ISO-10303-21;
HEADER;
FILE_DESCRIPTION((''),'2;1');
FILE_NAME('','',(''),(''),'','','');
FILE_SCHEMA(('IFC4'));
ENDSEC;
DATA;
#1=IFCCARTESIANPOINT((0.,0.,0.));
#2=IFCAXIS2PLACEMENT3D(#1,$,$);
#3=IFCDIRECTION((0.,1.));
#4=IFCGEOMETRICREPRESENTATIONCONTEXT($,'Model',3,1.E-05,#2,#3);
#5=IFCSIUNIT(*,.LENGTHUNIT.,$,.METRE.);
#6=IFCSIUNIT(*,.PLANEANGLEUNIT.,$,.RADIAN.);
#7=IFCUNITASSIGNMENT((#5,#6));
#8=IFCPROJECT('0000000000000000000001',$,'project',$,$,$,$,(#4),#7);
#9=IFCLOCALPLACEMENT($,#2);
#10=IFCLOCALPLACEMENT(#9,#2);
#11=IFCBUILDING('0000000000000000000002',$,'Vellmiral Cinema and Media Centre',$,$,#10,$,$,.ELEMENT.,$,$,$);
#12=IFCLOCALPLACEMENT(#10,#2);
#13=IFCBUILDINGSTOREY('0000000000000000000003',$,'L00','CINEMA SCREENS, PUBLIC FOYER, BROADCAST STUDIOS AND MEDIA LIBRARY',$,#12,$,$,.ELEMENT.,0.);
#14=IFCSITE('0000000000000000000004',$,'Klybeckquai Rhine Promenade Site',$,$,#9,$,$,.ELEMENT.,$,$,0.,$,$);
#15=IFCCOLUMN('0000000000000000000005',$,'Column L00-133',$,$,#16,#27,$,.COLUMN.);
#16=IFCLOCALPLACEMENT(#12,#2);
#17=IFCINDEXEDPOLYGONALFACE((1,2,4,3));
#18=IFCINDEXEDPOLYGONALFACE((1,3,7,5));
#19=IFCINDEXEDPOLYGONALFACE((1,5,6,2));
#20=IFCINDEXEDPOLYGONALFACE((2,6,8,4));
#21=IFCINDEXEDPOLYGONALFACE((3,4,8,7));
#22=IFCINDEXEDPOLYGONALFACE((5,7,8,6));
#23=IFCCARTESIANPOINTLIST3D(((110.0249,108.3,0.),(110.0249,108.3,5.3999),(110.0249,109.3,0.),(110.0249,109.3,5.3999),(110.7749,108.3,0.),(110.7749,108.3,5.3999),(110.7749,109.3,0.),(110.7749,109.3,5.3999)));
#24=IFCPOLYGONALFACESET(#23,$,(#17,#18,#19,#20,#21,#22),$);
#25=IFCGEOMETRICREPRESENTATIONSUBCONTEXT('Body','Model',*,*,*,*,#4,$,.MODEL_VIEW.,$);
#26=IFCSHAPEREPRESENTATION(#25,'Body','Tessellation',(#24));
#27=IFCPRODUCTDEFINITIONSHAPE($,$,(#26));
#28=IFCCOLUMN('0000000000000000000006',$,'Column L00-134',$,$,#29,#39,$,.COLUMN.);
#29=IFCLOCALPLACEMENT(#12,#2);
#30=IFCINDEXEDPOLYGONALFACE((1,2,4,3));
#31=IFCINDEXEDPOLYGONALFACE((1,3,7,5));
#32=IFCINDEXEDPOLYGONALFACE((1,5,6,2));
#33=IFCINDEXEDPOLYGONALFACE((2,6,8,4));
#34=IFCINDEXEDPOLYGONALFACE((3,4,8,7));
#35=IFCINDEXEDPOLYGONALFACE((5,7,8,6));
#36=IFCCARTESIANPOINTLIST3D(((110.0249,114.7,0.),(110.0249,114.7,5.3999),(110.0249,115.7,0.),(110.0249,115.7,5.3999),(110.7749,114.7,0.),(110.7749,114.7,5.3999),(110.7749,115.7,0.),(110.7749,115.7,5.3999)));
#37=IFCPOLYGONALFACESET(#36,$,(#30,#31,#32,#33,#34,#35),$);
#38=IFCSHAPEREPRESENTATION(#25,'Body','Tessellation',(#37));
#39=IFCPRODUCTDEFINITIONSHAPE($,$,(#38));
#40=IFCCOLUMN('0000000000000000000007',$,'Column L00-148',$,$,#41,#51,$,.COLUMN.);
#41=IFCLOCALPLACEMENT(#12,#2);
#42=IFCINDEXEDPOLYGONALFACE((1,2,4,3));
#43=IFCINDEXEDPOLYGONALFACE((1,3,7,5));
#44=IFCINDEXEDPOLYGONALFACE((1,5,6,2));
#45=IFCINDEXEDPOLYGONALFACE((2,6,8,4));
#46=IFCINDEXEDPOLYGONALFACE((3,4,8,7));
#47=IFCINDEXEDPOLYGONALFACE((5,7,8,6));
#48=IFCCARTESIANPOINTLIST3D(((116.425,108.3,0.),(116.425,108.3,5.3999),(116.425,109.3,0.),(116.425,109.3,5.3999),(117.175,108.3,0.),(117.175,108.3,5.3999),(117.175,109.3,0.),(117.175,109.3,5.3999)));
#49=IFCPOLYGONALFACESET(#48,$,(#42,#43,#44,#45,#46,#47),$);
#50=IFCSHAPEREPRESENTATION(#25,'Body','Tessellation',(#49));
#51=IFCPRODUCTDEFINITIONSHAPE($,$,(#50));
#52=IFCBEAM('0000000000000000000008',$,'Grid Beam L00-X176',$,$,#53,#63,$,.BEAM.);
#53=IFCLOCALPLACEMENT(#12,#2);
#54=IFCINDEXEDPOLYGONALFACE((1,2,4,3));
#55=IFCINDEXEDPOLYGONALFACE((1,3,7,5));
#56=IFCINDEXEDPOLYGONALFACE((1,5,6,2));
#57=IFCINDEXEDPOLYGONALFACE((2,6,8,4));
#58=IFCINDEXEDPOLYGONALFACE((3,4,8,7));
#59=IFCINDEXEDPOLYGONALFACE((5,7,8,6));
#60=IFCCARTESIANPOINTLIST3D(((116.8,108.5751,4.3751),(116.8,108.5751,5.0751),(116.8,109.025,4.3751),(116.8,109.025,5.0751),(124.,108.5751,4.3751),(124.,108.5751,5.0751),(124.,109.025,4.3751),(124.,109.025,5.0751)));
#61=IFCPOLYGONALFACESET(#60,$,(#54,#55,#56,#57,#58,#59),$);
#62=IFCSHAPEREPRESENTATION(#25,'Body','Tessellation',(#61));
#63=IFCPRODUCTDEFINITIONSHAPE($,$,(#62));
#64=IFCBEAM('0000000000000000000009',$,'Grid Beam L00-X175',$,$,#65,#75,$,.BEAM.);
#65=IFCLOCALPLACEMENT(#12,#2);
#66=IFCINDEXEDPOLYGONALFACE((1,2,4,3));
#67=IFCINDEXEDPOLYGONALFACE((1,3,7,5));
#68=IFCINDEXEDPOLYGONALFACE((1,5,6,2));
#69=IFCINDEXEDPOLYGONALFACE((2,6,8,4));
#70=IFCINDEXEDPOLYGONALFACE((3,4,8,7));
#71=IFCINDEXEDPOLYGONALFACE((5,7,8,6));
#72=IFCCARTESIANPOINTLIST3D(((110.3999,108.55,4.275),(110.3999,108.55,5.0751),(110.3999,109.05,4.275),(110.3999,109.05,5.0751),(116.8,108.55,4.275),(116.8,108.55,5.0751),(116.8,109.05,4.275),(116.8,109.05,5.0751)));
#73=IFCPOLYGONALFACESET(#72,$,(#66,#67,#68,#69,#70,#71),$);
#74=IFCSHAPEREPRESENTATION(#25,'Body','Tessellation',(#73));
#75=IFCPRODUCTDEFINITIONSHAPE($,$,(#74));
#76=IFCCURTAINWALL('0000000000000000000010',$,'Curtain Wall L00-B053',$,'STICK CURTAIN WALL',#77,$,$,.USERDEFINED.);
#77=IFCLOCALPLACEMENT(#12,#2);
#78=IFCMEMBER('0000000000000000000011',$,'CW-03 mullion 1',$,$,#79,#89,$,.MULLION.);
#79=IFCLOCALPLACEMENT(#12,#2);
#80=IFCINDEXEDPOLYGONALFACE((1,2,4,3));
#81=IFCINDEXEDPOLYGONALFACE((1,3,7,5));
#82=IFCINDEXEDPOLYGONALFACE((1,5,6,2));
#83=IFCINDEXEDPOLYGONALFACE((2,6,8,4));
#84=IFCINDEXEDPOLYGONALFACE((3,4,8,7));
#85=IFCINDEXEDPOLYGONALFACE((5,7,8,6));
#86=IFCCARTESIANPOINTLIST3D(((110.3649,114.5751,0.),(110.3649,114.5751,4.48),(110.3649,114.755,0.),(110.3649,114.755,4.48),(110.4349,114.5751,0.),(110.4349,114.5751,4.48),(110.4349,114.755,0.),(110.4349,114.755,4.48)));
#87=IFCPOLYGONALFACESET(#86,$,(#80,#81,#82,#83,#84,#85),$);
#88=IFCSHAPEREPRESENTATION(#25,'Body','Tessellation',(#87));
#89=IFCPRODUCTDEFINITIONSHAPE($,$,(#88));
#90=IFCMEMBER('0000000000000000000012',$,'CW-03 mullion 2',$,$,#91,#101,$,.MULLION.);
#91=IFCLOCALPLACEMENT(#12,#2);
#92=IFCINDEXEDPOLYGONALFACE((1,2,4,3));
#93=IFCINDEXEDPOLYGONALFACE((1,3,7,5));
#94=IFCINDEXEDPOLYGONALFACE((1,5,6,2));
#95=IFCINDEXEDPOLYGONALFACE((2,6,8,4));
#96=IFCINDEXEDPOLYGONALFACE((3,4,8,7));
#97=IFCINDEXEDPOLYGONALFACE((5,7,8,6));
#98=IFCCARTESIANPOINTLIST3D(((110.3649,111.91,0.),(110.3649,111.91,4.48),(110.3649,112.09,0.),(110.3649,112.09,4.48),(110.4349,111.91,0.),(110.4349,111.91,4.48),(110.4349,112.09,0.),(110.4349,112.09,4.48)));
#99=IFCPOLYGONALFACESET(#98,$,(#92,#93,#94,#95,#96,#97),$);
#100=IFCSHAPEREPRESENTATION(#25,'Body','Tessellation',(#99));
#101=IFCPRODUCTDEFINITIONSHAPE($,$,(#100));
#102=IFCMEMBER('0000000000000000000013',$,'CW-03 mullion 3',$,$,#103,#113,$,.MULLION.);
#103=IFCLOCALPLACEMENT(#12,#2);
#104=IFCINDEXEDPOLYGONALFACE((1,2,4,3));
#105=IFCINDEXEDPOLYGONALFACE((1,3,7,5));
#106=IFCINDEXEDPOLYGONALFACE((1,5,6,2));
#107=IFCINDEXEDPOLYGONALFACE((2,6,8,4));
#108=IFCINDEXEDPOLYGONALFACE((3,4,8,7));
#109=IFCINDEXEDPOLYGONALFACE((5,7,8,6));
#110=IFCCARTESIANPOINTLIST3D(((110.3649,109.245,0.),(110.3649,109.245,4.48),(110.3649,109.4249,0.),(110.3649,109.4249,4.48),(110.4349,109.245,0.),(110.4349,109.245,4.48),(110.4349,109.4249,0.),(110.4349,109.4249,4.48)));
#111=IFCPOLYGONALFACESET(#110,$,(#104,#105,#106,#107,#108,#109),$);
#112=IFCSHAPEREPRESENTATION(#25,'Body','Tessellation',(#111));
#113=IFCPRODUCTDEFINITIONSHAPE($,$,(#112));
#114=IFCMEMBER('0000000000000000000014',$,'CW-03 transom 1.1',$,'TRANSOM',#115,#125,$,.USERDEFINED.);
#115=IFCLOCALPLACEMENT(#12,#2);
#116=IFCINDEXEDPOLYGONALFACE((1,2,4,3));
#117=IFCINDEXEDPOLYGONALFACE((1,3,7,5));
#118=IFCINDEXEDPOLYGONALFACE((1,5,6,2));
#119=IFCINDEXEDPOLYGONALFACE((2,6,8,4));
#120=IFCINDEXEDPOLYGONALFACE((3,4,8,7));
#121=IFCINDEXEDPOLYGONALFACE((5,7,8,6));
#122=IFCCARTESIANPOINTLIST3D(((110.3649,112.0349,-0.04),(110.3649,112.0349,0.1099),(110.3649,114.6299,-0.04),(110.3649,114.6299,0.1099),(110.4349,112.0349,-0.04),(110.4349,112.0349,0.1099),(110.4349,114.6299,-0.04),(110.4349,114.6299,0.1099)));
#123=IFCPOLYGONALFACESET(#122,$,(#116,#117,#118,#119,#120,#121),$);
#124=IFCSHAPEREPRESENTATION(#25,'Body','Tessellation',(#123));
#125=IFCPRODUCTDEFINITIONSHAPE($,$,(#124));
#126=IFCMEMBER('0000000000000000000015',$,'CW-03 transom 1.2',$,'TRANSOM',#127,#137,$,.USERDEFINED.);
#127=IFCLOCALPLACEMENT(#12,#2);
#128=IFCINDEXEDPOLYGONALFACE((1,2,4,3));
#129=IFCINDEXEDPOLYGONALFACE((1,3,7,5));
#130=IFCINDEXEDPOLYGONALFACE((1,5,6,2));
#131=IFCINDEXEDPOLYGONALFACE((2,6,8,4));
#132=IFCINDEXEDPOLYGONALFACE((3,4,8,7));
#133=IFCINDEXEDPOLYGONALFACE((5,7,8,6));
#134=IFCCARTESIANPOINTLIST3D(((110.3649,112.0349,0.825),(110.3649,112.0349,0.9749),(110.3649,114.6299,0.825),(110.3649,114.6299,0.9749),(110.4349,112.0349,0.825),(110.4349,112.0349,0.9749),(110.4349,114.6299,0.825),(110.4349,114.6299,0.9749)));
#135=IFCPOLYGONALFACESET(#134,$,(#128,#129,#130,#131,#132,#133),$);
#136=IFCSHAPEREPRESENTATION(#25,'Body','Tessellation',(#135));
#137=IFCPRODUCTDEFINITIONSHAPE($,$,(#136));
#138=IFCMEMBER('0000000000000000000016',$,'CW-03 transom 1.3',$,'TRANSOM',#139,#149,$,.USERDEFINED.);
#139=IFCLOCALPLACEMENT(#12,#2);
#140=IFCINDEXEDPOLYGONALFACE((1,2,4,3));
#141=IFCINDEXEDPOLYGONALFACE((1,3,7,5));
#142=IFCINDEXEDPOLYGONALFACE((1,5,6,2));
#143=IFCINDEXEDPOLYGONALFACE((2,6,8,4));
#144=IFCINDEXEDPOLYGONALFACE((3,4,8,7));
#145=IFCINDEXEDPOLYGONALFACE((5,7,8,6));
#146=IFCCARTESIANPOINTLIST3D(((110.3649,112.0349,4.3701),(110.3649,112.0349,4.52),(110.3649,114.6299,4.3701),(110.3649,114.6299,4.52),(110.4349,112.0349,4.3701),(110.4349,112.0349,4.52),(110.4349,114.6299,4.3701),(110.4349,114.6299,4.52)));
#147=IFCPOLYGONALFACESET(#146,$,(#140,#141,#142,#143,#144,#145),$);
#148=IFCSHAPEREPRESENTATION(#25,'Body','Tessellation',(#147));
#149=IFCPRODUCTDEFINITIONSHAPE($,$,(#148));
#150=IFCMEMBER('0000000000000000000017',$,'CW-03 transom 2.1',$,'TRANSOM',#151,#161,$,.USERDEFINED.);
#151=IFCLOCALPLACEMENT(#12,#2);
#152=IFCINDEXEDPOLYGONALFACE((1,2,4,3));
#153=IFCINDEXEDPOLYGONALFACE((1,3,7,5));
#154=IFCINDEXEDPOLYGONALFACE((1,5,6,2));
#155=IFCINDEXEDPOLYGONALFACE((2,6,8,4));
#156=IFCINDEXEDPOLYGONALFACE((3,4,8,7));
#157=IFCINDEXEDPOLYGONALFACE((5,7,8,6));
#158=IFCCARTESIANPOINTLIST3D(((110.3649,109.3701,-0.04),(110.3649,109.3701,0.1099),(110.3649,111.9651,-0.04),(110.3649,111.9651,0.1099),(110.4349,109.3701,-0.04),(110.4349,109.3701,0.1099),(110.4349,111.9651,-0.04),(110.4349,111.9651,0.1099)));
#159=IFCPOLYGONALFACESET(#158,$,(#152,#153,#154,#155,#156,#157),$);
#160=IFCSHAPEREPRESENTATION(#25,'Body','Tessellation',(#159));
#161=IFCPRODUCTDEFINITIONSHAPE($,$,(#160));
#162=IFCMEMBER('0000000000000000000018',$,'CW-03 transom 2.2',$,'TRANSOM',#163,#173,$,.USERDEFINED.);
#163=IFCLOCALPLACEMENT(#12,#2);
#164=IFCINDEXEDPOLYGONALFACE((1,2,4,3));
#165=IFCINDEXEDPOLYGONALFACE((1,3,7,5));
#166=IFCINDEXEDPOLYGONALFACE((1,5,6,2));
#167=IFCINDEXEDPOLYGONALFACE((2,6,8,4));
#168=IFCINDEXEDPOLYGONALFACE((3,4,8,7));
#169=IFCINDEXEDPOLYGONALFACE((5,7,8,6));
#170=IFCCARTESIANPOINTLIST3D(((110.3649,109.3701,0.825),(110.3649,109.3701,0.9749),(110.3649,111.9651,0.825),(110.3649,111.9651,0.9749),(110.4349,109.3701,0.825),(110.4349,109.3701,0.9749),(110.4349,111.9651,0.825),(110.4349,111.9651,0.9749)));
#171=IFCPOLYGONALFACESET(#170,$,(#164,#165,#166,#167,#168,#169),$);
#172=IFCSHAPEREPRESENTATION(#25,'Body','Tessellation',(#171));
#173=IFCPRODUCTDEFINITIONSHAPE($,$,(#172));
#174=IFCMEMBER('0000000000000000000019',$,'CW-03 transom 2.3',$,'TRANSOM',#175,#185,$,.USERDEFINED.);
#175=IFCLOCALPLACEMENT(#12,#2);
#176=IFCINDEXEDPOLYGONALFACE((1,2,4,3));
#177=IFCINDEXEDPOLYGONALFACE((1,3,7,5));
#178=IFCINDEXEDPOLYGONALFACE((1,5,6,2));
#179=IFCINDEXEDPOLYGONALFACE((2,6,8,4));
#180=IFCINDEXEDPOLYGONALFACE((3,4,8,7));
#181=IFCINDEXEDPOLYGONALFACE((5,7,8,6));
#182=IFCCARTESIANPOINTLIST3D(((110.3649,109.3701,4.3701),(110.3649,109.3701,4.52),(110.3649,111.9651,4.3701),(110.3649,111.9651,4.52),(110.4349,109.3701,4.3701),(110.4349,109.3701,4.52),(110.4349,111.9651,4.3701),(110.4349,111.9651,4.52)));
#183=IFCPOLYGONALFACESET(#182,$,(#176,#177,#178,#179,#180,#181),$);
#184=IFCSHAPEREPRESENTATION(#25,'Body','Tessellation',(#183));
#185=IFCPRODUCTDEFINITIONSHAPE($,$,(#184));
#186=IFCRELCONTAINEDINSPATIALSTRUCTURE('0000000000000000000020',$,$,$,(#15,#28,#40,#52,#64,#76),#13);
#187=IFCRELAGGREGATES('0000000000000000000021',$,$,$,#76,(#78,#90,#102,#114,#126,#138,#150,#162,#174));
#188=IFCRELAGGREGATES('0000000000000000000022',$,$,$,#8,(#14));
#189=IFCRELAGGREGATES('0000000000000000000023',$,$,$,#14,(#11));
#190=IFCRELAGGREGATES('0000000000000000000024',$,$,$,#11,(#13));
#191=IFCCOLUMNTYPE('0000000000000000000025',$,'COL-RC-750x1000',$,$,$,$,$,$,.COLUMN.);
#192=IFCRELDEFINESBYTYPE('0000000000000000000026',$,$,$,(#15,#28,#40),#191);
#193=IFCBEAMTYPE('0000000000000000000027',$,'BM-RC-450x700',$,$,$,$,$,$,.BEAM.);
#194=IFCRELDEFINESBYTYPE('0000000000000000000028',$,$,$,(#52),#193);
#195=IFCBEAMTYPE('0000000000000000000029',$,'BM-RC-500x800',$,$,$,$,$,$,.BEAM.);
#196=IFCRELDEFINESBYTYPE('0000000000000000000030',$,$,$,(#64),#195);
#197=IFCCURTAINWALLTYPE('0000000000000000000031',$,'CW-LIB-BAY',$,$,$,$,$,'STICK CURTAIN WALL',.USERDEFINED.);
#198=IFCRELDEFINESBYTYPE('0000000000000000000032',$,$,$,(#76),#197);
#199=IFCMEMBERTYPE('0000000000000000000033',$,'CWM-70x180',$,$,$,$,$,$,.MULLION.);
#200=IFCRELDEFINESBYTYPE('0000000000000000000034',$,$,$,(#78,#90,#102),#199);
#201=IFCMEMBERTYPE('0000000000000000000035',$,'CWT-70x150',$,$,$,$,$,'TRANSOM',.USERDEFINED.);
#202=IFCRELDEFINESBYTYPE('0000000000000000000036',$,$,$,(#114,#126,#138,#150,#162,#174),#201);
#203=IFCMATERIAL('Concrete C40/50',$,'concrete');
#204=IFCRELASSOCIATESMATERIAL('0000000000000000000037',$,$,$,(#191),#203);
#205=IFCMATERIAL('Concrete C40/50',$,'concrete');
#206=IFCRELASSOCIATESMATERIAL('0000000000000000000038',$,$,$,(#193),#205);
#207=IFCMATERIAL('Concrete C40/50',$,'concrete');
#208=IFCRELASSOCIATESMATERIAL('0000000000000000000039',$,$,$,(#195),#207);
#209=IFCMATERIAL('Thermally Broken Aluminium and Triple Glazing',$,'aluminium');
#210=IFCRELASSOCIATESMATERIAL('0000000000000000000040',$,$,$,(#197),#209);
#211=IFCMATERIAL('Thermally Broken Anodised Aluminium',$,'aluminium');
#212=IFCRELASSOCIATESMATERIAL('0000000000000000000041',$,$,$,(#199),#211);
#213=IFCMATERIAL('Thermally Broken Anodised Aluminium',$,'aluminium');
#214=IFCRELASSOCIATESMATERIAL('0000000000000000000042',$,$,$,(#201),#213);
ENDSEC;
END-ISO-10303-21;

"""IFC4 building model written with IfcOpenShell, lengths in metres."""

from ifc_helpers import new_model, si_unit, direction, frame, origin, origin_2d, place, context, subcontext, project, spatial, rectangle, extrude, material, material_profile, profile_set, type_object, element, aggregate, save


model = new_model("IFC4")

# Units and contexts
model_context = context("Model", 3, precision=1e-05, world=origin(), true_north=direction((0.0, 1.0)))
body_context = subcontext(model_context, "Body", "Model", "MODEL_VIEW")
ifc_project = project(units=[si_unit("LENGTHUNIT", "METRE"), si_unit("PLANEANGLEUNIT", "RADIAN")], contexts=[model_context])

# Site, building, storey
site_placement = place(None, origin())
site = spatial("IfcSite", under=ifc_project, at=site_placement, Name="Klybeckquai Rhine Promenade Site", CompositionType="ELEMENT", RefElevation=0.0)
building_placement = place(site_placement, origin())
building = spatial("IfcBuilding", under=site, at=building_placement, Name="Vellmiral Cinema and Media Centre", CompositionType="ELEMENT")
storey_placement = place(building_placement, origin())
storey = spatial("IfcBuildingStorey", under=building, at=storey_placement, Name="L00", Description="CINEMA SCREENS, PUBLIC FOYER, BROADCAST STUDIOS AND MEDIA LIBRARY", CompositionType="ELEMENT", Elevation=0.0)

# Columns
ifc_material_1 = material(Name="Concrete C40/50", Category="concrete")
ifc_material_profile_1 = material_profile(ifc_material_1, rectangle(XDim=0.75, YDim=1.0, at=origin_2d()), Name="RC 750x1000")
ifc_profile_set_1 = profile_set([ifc_material_profile_1], Name="Concrete C40/50")
column_type = type_object("IfcColumnType", Name="COL-RC-750x1000", PredefinedType="COLUMN", material=ifc_profile_set_1)
for number, where, z_axis, x_axis, name in (
    (1, (110.3999, 108.8, 0.0), (0.0, 0.0, 1.0), (1.0, 0.0, 0.0), "Column L00-133"),
    (2, (110.3999, 115.2, 0.0), (0.0, 0.0, 1.0), (1.0, 0.0, 0.0), "Column L00-134"),
    (3, (116.8, 108.8, 0.0), (0.0, 0.0, 1.0), (1.0, 0.0, 0.0), "Column L00-148"),
):
    element("IfcColumn", number, at=place(storey_placement, frame(where, z_axis=z_axis, x_axis=x_axis)), inside=storey, type_object=column_type, Name=name, PredefinedType="COLUMN", context=body_context, shape_type="SweptSolid", body=[
        extrude(rectangle(XDim=0.75, YDim=1.0, at=origin_2d()), origin(), (0.0, 0.0, 1.0), 5.3999),
    ])

# Beams
ifc_material_2 = material(Name="Concrete C40/50", Category="concrete")
ifc_material_profile_2 = material_profile(ifc_material_2, rectangle(XDim=0.45, YDim=0.7, at=origin_2d()), Name="RC 450x700")
ifc_profile_set_2 = profile_set([ifc_material_profile_2], Name="Concrete C40/50")
beam_type_1 = type_object("IfcBeamType", Name="BM-RC-450x700", PredefinedType="BEAM", material=ifc_profile_set_2)
beam_1_placement = place(storey_placement, frame((116.8, 108.8, 4.7251), z_axis=(1.0, 0.0, 0.0), x_axis=(0.0, 1.0, 0.0)))
element("IfcBeam", 4, at=beam_1_placement, inside=storey, type_object=beam_type_1, Name="Grid Beam L00-X176", PredefinedType="BEAM", context=body_context, shape_type="SweptSolid", body=[
    extrude(rectangle(XDim=0.45, YDim=0.7, at=origin_2d()), origin(), (0.0, 0.0, 1.0), 7.2),
])
ifc_material_3 = material(Name="Concrete C40/50", Category="concrete")
ifc_material_profile_3 = material_profile(ifc_material_3, rectangle(XDim=0.5, YDim=0.8, at=origin_2d()), Name="RC 500x800")
ifc_profile_set_3 = profile_set([ifc_material_profile_3], Name="Concrete C40/50")
beam_type_2 = type_object("IfcBeamType", Name="BM-RC-500x800", PredefinedType="BEAM", material=ifc_profile_set_3)
beam_2_placement = place(storey_placement, frame((110.3999, 108.8, 4.675), z_axis=(1.0, 0.0, 0.0), x_axis=(0.0, 1.0, 0.0)))
element("IfcBeam", 5, at=beam_2_placement, inside=storey, type_object=beam_type_2, Name="Grid Beam L00-X175", PredefinedType="BEAM", context=body_context, shape_type="SweptSolid", body=[
    extrude(rectangle(XDim=0.5, YDim=0.8, at=origin_2d()), origin(), (0.0, 0.0, 1.0), 6.4001),
])

# Curtain wall, members
ifc_material_4 = material(Name="Thermally Broken Aluminium and Triple Glazing", Category="aluminium")
curtain_wall_type = type_object("IfcCurtainWallType", Name="CW-LIB-BAY", ElementType="STICK CURTAIN WALL", PredefinedType="USERDEFINED", material=ifc_material_4)
curtain_wall_placement = place(storey_placement, origin())
curtain_wall = element("IfcCurtainWall", 6, at=curtain_wall_placement, inside=storey, type_object=curtain_wall_type, Name="Curtain Wall L00-B053", ObjectType="STICK CURTAIN WALL", PredefinedType="USERDEFINED")
ifc_material_5 = material(Name="Thermally Broken Anodised Aluminium", Category="aluminium")
ifc_material_profile_4 = material_profile(ifc_material_5, rectangle(XDim=0.0701, YDim=0.1799, at=origin_2d()), Name="MULL 70x180")
ifc_profile_set_4 = profile_set([ifc_material_profile_4], Name="Thermally Broken Anodised Aluminium")
member_type_1 = type_object("IfcMemberType", Name="CWM-70x180", PredefinedType="MULLION", material=ifc_profile_set_4)
member_1_placement = place(storey_placement, frame((110.3999, 114.665, 0.0), z_axis=(0.0, 0.0, 1.0), x_axis=(1.0, 0.0, 0.0)))
member_1 = element("IfcMember", 7, at=member_1_placement, type_object=member_type_1, Name="CW-03 mullion 1", PredefinedType="MULLION", context=body_context, shape_type="SweptSolid", body=[
    extrude(rectangle(XDim=0.0701, YDim=0.1799, at=origin_2d()), origin(), (0.0, 0.0, 1.0), 4.48),
])
member_2_placement = place(storey_placement, frame((110.3999, 112.0, 0.0), z_axis=(0.0, 0.0, 1.0), x_axis=(1.0, 0.0, 0.0)))
member_2 = element("IfcMember", 8, at=member_2_placement, type_object=member_type_1, Name="CW-03 mullion 2", PredefinedType="MULLION", context=body_context, shape_type="SweptSolid", body=[
    extrude(rectangle(XDim=0.0701, YDim=0.1799, at=origin_2d()), origin(), (0.0, 0.0, 1.0), 4.48),
])
member_3_placement = place(storey_placement, frame((110.3999, 109.335, 0.0), z_axis=(0.0, 0.0, 1.0), x_axis=(1.0, 0.0, 0.0)))
member_3 = element("IfcMember", 9, at=member_3_placement, type_object=member_type_1, Name="CW-03 mullion 3", PredefinedType="MULLION", context=body_context, shape_type="SweptSolid", body=[
    extrude(rectangle(XDim=0.0701, YDim=0.1799, at=origin_2d()), origin(), (0.0, 0.0, 1.0), 4.48),
])
ifc_material_6 = material(Name="Thermally Broken Anodised Aluminium", Category="aluminium")
ifc_material_profile_5 = material_profile(ifc_material_6, rectangle(XDim=0.0701, YDim=0.1499, at=origin_2d()), Name="MULL 70x150")
ifc_profile_set_5 = profile_set([ifc_material_profile_5], Name="Thermally Broken Anodised Aluminium")
member_type_2 = type_object("IfcMemberType", Name="CWT-70x150", ElementType="TRANSOM", PredefinedType="USERDEFINED", material=ifc_profile_set_5)
member_4_placement = place(storey_placement, frame((110.3999, 114.6299, 0.0349), z_axis=(0.0, -1.0, 0.0), x_axis=(1.0, 0.0, 0.0)))
member_4 = element("IfcMember", 10, at=member_4_placement, type_object=member_type_2, Name="CW-03 transom 1.1", ObjectType="TRANSOM", PredefinedType="USERDEFINED", context=body_context, shape_type="SweptSolid", body=[
    extrude(rectangle(XDim=0.0701, YDim=0.1499, at=origin_2d()), origin(), (0.0, 0.0, 1.0), 2.595),
])
member_5_placement = place(storey_placement, frame((110.3999, 114.6299, 0.8999), z_axis=(0.0, -1.0, 0.0), x_axis=(1.0, 0.0, 0.0)))
member_5 = element("IfcMember", 11, at=member_5_placement, type_object=member_type_2, Name="CW-03 transom 1.2", ObjectType="TRANSOM", PredefinedType="USERDEFINED", context=body_context, shape_type="SweptSolid", body=[
    extrude(rectangle(XDim=0.0701, YDim=0.1499, at=origin_2d()), origin(), (0.0, 0.0, 1.0), 2.595),
])
member_6_placement = place(storey_placement, frame((110.3999, 114.6299, 4.4451), z_axis=(0.0, -1.0, 0.0), x_axis=(1.0, 0.0, 0.0)))
member_6 = element("IfcMember", 12, at=member_6_placement, type_object=member_type_2, Name="CW-03 transom 1.3", ObjectType="TRANSOM", PredefinedType="USERDEFINED", context=body_context, shape_type="SweptSolid", body=[
    extrude(rectangle(XDim=0.0701, YDim=0.1499, at=origin_2d()), origin(), (0.0, 0.0, 1.0), 2.595),
])
member_7_placement = place(storey_placement, frame((110.3999, 111.9651, 0.0349), z_axis=(0.0, -1.0, 0.0), x_axis=(1.0, 0.0, 0.0)))
member_7 = element("IfcMember", 13, at=member_7_placement, type_object=member_type_2, Name="CW-03 transom 2.1", ObjectType="TRANSOM", PredefinedType="USERDEFINED", context=body_context, shape_type="SweptSolid", body=[
    extrude(rectangle(XDim=0.0701, YDim=0.1499, at=origin_2d()), origin(), (0.0, 0.0, 1.0), 2.595),
])
member_8_placement = place(storey_placement, frame((110.3999, 111.9651, 0.8999), z_axis=(0.0, -1.0, 0.0), x_axis=(1.0, 0.0, 0.0)))
member_8 = element("IfcMember", 14, at=member_8_placement, type_object=member_type_2, Name="CW-03 transom 2.2", ObjectType="TRANSOM", PredefinedType="USERDEFINED", context=body_context, shape_type="SweptSolid", body=[
    extrude(rectangle(XDim=0.0701, YDim=0.1499, at=origin_2d()), origin(), (0.0, 0.0, 1.0), 2.595),
])
member_9_placement = place(storey_placement, frame((110.3999, 111.9651, 4.4451), z_axis=(0.0, -1.0, 0.0), x_axis=(1.0, 0.0, 0.0)))
member_9 = element("IfcMember", 15, at=member_9_placement, type_object=member_type_2, Name="CW-03 transom 2.3", ObjectType="TRANSOM", PredefinedType="USERDEFINED", context=body_context, shape_type="SweptSolid", body=[
    extrude(rectangle(XDim=0.0701, YDim=0.1499, at=origin_2d()), origin(), (0.0, 0.0, 1.0), 2.595),
])

aggregate(curtain_wall, [member_1, member_2, member_3, member_4, member_5, member_6, member_7, member_8, member_9])

save(model, "model.ifc")
